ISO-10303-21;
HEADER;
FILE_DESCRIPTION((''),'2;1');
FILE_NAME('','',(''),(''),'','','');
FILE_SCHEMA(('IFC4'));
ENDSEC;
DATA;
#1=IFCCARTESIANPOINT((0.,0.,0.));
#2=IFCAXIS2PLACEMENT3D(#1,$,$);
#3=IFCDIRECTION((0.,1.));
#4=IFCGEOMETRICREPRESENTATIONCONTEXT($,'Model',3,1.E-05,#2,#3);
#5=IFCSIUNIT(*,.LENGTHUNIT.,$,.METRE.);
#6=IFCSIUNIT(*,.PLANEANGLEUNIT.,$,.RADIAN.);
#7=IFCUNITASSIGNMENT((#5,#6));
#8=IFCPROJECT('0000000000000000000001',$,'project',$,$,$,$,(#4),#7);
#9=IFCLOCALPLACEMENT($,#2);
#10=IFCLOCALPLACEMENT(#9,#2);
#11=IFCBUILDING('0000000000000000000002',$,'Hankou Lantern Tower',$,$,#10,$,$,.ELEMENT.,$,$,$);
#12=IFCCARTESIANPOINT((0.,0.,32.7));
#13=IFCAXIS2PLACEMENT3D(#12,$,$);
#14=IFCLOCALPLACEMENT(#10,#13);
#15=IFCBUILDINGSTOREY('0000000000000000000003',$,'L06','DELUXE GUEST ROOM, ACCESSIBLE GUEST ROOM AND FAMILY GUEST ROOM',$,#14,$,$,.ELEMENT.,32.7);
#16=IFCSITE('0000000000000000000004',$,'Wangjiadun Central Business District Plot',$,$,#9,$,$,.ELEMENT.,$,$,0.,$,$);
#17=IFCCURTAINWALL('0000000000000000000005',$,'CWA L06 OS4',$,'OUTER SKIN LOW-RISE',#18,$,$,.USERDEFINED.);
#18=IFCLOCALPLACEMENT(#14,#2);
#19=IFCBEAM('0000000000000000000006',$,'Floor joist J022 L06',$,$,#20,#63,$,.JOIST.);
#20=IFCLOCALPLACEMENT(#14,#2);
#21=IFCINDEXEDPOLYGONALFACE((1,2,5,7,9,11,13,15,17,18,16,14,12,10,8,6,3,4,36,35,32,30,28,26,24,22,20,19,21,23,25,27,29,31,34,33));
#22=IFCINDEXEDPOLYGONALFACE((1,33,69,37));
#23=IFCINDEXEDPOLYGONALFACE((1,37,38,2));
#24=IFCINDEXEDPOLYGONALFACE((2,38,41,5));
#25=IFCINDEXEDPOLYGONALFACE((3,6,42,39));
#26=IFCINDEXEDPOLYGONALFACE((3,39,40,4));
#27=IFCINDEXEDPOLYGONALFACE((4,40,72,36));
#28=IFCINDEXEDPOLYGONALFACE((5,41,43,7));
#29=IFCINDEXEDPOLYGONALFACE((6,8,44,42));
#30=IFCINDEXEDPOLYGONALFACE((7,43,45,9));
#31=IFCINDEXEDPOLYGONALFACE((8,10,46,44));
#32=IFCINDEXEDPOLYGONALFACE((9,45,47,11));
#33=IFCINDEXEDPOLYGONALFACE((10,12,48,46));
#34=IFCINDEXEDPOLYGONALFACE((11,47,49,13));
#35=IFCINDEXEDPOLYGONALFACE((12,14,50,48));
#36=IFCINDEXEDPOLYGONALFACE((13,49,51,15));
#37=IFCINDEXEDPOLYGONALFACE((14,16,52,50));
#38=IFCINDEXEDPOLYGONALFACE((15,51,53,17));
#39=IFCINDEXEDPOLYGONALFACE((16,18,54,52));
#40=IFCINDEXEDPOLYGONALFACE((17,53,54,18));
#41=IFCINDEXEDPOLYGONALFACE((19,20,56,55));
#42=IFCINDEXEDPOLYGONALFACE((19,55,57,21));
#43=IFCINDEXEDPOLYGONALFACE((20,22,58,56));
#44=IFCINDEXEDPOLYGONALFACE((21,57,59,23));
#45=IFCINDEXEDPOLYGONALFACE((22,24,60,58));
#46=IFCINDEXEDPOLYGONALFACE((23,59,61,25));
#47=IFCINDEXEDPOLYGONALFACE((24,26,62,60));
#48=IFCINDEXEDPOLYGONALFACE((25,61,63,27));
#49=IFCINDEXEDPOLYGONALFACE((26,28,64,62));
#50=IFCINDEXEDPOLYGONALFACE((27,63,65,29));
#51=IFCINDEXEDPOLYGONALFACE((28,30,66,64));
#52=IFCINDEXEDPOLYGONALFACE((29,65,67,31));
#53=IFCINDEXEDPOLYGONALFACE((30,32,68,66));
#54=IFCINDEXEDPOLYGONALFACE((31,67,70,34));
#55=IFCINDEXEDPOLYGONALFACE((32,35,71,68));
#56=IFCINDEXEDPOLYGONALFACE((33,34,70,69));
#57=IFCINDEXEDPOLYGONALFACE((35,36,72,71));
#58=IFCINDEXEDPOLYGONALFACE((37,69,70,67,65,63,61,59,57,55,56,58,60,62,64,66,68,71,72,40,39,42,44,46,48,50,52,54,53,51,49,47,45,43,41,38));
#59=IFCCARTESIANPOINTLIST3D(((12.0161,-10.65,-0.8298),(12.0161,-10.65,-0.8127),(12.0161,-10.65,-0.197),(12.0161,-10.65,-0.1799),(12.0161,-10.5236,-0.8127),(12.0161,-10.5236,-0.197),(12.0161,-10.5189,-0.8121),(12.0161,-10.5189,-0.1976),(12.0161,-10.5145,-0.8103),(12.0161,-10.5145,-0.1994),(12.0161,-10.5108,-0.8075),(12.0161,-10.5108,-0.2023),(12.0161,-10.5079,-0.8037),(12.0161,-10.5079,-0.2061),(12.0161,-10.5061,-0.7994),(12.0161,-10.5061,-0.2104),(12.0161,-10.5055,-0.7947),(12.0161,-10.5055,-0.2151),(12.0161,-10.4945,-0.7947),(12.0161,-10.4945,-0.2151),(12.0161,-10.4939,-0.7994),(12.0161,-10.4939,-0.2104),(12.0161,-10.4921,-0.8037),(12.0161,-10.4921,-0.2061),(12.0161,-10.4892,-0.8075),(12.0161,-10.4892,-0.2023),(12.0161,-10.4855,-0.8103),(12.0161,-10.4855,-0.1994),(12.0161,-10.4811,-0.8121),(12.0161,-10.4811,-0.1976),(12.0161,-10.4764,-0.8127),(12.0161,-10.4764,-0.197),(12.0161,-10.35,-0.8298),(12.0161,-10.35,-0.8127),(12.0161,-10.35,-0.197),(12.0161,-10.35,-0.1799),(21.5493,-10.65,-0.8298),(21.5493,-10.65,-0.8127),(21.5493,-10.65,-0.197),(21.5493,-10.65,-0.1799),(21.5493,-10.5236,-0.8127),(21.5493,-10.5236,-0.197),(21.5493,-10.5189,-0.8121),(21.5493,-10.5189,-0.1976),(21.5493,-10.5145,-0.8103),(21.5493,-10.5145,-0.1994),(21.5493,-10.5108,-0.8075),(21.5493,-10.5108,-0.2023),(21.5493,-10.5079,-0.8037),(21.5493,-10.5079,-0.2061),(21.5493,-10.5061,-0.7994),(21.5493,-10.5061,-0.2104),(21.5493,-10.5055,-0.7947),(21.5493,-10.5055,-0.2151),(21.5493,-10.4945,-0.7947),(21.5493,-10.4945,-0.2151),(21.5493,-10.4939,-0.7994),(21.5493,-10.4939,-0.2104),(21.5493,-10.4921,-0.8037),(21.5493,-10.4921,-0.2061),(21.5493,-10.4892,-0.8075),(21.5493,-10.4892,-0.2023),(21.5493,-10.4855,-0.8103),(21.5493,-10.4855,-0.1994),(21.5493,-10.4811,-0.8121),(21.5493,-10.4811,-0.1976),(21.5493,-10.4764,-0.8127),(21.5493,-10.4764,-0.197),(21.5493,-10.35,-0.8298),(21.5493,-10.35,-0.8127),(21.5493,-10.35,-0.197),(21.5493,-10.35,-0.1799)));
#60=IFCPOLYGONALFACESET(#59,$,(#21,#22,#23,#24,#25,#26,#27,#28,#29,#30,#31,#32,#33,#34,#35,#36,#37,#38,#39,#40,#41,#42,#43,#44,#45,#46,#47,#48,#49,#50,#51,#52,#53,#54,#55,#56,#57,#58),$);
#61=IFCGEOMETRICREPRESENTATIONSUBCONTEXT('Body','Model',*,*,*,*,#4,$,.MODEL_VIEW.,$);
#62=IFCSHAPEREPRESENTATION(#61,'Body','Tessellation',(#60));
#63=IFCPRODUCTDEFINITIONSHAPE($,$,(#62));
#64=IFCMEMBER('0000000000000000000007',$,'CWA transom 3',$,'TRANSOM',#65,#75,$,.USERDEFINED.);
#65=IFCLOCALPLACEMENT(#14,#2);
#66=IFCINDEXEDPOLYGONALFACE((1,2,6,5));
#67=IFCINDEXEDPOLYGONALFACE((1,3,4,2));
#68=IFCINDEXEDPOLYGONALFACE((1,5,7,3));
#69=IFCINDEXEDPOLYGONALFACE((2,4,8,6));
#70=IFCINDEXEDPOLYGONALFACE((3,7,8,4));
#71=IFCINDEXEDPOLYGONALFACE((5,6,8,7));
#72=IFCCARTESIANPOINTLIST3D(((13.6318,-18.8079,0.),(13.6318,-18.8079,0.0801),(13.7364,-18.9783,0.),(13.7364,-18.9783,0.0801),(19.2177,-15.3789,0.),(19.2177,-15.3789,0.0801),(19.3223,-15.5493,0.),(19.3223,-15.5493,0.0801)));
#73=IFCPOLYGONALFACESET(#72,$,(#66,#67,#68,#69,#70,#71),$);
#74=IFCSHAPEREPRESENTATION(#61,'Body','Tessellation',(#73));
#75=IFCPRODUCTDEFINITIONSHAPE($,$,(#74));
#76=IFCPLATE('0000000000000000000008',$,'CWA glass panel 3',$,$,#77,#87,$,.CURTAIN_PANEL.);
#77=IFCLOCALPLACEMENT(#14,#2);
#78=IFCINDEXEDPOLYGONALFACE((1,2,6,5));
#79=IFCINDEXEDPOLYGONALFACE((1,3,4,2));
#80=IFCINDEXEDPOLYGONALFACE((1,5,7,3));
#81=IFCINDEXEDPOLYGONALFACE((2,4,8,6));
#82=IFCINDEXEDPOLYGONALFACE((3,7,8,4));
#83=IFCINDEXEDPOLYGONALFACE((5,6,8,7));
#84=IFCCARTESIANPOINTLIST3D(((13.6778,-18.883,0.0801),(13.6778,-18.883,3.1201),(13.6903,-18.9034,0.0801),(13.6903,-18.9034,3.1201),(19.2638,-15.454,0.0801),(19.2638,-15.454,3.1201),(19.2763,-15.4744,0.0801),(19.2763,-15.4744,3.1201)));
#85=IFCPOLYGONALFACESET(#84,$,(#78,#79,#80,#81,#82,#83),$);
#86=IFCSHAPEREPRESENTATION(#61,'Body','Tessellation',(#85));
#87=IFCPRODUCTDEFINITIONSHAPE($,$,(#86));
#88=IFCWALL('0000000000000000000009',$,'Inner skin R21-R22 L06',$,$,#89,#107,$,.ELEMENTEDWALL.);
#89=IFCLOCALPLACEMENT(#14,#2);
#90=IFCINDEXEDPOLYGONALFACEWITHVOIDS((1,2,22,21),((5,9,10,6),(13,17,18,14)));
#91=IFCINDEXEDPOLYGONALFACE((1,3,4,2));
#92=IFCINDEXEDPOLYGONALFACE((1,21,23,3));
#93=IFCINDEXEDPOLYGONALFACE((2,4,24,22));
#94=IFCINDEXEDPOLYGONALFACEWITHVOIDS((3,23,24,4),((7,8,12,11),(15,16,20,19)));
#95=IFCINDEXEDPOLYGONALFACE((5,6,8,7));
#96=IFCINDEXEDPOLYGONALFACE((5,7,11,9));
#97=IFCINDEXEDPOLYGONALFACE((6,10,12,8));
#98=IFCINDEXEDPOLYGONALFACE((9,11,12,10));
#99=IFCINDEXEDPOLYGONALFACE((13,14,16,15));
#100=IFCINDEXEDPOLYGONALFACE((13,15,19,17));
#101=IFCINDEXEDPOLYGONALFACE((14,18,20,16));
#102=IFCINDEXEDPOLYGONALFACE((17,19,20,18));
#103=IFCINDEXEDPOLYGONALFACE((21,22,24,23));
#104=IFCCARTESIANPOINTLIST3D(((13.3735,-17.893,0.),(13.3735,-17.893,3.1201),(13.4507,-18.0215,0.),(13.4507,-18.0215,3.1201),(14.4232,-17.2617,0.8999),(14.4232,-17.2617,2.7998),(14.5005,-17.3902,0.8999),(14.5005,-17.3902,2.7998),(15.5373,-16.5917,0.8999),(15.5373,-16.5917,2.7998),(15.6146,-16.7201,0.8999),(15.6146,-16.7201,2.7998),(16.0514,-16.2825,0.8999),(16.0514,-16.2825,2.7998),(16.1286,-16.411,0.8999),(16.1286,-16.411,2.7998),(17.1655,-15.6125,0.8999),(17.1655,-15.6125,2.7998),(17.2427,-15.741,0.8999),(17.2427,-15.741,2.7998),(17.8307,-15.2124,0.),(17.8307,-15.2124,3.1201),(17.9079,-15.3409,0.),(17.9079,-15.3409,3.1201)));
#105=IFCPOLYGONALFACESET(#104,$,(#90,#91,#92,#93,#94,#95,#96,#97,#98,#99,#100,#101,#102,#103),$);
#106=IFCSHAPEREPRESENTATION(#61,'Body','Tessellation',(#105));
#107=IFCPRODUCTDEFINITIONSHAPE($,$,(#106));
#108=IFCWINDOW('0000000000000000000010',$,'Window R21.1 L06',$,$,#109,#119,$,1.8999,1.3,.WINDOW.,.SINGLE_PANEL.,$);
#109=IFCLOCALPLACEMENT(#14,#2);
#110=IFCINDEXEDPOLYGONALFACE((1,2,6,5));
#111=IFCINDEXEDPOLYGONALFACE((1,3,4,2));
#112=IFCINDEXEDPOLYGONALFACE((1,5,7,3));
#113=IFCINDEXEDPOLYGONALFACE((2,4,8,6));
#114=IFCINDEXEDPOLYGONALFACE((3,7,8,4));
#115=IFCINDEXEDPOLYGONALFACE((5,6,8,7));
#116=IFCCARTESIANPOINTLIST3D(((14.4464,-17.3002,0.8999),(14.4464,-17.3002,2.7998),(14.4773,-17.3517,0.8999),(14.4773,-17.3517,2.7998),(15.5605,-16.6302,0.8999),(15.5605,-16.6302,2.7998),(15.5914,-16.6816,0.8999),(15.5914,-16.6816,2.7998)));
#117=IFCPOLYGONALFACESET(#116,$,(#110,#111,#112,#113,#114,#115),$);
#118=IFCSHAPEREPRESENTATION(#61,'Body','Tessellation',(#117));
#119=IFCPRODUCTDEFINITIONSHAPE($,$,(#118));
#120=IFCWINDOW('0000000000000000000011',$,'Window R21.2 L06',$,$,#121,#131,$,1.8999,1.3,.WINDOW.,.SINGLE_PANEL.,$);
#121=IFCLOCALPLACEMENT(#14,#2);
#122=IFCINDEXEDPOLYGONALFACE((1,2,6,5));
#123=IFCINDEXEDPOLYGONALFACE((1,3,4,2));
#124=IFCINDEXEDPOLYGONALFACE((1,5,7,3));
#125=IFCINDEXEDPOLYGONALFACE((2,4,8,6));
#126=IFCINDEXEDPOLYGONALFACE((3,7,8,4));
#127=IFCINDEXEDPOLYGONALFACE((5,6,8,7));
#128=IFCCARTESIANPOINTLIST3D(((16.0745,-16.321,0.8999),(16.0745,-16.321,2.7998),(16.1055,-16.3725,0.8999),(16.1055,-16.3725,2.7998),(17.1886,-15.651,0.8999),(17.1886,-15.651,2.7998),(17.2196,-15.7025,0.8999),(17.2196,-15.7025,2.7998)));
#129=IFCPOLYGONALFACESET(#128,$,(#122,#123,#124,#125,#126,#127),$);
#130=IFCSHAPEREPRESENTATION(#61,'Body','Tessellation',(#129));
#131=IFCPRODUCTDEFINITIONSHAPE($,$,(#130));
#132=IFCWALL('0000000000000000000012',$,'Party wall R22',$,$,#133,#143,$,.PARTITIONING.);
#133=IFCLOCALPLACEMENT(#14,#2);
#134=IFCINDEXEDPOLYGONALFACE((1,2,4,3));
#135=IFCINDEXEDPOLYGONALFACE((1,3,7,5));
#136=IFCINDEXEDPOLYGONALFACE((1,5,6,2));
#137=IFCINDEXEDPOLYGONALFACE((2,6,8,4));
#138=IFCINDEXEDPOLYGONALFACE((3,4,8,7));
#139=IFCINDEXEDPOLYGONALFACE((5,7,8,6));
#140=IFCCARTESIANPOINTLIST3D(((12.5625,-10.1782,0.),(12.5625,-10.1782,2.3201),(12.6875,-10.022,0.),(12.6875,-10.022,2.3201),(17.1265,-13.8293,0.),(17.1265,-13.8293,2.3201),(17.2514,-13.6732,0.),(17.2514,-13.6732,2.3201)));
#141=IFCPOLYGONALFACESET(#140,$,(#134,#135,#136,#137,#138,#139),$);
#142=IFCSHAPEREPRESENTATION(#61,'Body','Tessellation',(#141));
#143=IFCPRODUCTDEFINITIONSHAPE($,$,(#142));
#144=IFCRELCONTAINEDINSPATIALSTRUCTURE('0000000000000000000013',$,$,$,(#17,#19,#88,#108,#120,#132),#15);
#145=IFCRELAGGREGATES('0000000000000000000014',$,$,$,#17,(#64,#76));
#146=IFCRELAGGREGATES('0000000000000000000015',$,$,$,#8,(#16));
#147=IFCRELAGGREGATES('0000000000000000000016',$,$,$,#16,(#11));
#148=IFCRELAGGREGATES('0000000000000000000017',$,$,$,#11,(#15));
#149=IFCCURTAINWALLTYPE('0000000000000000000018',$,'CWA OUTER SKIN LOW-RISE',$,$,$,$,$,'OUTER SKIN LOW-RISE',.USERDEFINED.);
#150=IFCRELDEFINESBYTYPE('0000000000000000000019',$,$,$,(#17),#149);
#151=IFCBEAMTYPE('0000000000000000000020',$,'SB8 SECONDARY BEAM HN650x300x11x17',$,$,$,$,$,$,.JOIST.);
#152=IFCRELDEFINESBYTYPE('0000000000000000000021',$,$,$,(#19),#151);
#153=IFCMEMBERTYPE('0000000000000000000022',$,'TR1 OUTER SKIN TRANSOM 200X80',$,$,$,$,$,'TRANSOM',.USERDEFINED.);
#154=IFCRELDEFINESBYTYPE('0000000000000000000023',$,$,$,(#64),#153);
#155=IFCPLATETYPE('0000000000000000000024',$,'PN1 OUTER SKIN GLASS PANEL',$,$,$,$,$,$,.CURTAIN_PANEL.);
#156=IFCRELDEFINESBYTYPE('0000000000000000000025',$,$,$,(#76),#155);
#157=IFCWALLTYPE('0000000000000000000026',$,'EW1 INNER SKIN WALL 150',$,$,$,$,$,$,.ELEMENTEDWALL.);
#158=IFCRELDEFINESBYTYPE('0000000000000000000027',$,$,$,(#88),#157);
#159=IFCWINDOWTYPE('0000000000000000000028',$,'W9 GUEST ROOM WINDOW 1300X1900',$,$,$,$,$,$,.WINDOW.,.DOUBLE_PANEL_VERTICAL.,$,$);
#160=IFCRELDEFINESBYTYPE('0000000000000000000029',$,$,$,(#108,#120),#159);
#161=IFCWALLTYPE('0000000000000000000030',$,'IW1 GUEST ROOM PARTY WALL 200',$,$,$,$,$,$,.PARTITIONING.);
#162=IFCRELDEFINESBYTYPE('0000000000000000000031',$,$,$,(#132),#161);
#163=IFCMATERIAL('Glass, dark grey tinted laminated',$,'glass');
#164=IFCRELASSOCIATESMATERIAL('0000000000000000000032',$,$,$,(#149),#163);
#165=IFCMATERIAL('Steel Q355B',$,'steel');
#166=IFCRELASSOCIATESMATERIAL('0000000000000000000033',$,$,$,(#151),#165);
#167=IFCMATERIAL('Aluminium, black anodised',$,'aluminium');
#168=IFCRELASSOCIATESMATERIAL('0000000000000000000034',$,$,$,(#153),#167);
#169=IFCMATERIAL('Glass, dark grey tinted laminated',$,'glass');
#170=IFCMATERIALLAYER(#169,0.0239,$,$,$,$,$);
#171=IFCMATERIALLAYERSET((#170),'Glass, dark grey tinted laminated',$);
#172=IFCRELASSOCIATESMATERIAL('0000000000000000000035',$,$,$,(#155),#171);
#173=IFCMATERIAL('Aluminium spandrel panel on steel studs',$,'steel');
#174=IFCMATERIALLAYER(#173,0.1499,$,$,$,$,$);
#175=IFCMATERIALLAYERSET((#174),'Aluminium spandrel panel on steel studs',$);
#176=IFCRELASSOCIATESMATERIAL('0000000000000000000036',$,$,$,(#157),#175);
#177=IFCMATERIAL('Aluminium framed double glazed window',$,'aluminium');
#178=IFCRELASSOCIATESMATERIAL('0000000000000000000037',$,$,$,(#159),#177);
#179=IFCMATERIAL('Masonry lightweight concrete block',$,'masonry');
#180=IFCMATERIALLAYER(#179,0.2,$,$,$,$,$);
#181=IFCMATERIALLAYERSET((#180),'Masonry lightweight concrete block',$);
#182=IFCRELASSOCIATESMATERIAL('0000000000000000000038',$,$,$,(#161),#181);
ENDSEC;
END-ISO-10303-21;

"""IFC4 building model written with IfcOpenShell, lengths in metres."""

from ifc_helpers import new_model, si_unit, direction, frame, frame_2d, origin, origin_2d, place, context, subcontext, project, spatial, rectangle, i_section, extrude, material, layer, layer_set, material_profile, profile_set, type_object, element, fill, aggregate, save


model = new_model("IFC4")

# Units and contexts
model_context = context("Model", 3, precision=1e-05, world=origin(), true_north=direction((0.0, 1.0)))
body_context = subcontext(model_context, "Body", "Model", "MODEL_VIEW")
ifc_project = project(units=[si_unit("LENGTHUNIT", "METRE"), si_unit("PLANEANGLEUNIT", "RADIAN")], contexts=[model_context])

# Site, building, storey
site_placement = place(None, origin())
site = spatial("IfcSite", under=ifc_project, at=site_placement, Name="Wangjiadun Central Business District Plot", CompositionType="ELEMENT", RefElevation=0.0)
building_placement = place(site_placement, origin())
building = spatial("IfcBuilding", under=site, at=building_placement, Name="Hankou Lantern Tower", CompositionType="ELEMENT")
storey_placement = place(building_placement, frame((0.0, 0.0, 32.7)))
storey = spatial("IfcBuildingStorey", under=building, at=storey_placement, Name="L06", Description="DELUXE GUEST ROOM, ACCESSIBLE GUEST ROOM AND FAMILY GUEST ROOM", CompositionType="ELEMENT", Elevation=32.7)

# Curtain wall
ifc_material_1 = material(Name="Glass, dark grey tinted laminated", Category="glass")
curtain_wall_type = type_object("IfcCurtainWallType", Name="CWA OUTER SKIN LOW-RISE", ElementType="OUTER SKIN LOW-RISE", PredefinedType="USERDEFINED", material=ifc_material_1)
curtain_wall_placement = place(storey_placement, origin())
curtain_wall = element("IfcCurtainWall", 1, at=curtain_wall_placement, inside=storey, type_object=curtain_wall_type, Name="CWA L06 OS4", ObjectType="OUTER SKIN LOW-RISE", PredefinedType="USERDEFINED")

# Beam
ifc_material_2 = material(Name="Steel Q355B", Category="steel")
ifc_material_profile_1 = material_profile(ifc_material_2, i_section(OverallWidth=0.3, OverallDepth=0.6499, WebThickness=0.011, FlangeThickness=0.0171, FilletRadius=0.0181, at=origin_2d()), Name="HN650x300x11x17")
ifc_profile_set_1 = profile_set([ifc_material_profile_1], Name="Steel Q355B")
beam_type_1 = type_object("IfcBeamType", Name="SB8 SECONDARY BEAM HN650x300x11x17", PredefinedType="JOIST", material=ifc_profile_set_1)
beam_1_placement = place(storey_placement, frame((12.0161, -10.5, -0.5049), z_axis=(1.0, 0.0, 0.0), x_axis=(0.0, 1.0, 0.0)))
element("IfcBeam", 2, at=beam_1_placement, inside=storey, type_object=beam_type_1, Name="Floor joist J022 L06", PredefinedType="JOIST", context=body_context, shape_type="SweptSolid", body=[
    extrude(i_section(OverallWidth=0.3, OverallDepth=0.6499, WebThickness=0.011, FlangeThickness=0.0171, FilletRadius=0.0181, at=origin_2d()), origin(), (0.0, 0.0, 1.0), 9.5332),
])

# Member
ifc_material_3 = material(Name="Aluminium, black anodised", Category="aluminium")
ifc_material_profile_2 = material_profile(ifc_material_3, rectangle(XDim=0.2, YDim=0.0801, at=origin_2d()), Name="TR1 200X80")
ifc_profile_set_2 = profile_set([ifc_material_profile_2], Name="Aluminium, black anodised")
member_type_1 = type_object("IfcMemberType", Name="TR1 OUTER SKIN TRANSOM 200X80", ElementType="TRANSOM", PredefinedType="USERDEFINED", material=ifc_profile_set_2)
member_1_placement = place(storey_placement, frame((13.6841, -18.8931, 0.04), z_axis=(0.85224, 0.523152, 0.0), x_axis=(-0.523152, 0.85224, 0.0)))
member_1 = element("IfcMember", 3, at=member_1_placement, type_object=member_type_1, Name="CWA transom 3", ObjectType="TRANSOM", PredefinedType="USERDEFINED", context=body_context, shape_type="SweptSolid", body=[
    extrude(rectangle(XDim=0.2, YDim=0.0801, at=origin_2d()), origin(), (0.0, 0.0, 1.0), 6.5544),
])

# Plate
ifc_material_4 = material(Name="Glass, dark grey tinted laminated", Category="glass")
ifc_layer_1 = layer(ifc_material_4, 0.0239)
ifc_layer_set_1 = layer_set([ifc_layer_1], Name="Glass, dark grey tinted laminated")
plate_type = type_object("IfcPlateType", Name="PN1 OUTER SKIN GLASS PANEL", PredefinedType="CURTAIN_PANEL", material=ifc_layer_set_1)
plate_placement = place(storey_placement, frame((16.4771, -17.1787, 0.0801), z_axis=(0.0, 0.0, 1.0), x_axis=(0.852237, 0.523156, 0.0)))
plate = element("IfcPlate", 4, at=plate_placement, type_object=plate_type, Name="CWA glass panel 3", PredefinedType="CURTAIN_PANEL", context=body_context, shape_type="SweptSolid", body=[
    extrude(rectangle(XDim=6.5544, YDim=0.0239, at=origin_2d()), origin(), (0.0, 0.0, 1.0), 3.04),
])
aggregate(curtain_wall, [member_1, plate])

# Wall, openings, windows
ifc_material_5 = material(Name="Aluminium spandrel panel on steel studs", Category="steel")
ifc_layer_2 = layer(ifc_material_5, 0.1499)
ifc_layer_set_2 = layer_set([ifc_layer_2], Name="Aluminium spandrel panel on steel studs")
wall_type_1 = type_object("IfcWallType", Name="EW1 INNER SKIN WALL 150", PredefinedType="ELEMENTEDWALL", material=ifc_layer_set_2)
wall_1_placement = place(storey_placement, frame((13.4121, -17.9573, 0.0), z_axis=(0.0, 0.0, 1.0), x_axis=(0.856958, 0.515386, 0.0)))
wall_1 = element("IfcWall", 5, at=wall_1_placement, inside=storey, type_object=wall_type_1, Name="Inner skin R21-R22 L06", PredefinedType="ELEMENTEDWALL", context=body_context, shape_type="SweptSolid", body=[
    extrude(rectangle(XDim=5.2012, YDim=0.1499, at=frame_2d((2.6006, 0.0))), origin(), (0.0, 0.0, 1.0), 3.1201),
])
opening_1_placement = place(wall_1_placement, frame((1.2251, 0.0, 0.8999)))
opening_1 = element("IfcOpeningElement", 6, at=opening_1_placement, cuts=wall_1, PredefinedType="OPENING", context=body_context, shape_type="SweptSolid", body=[
    extrude(rectangle(XDim=1.3, YDim=1.8999, at=frame_2d((0.6499, 0.95))), frame((0.0, 0.085, 0.0), z_axis=(0.0, -1.0, 0.0), x_axis=(1.0, 0.0, 0.0)), (0.0, 0.0, 1.0), 0.1699),
])
opening_2_placement = place(wall_1_placement, frame((3.125, 0.0, 0.8999)))
opening_2 = element("IfcOpeningElement", 7, at=opening_2_placement, cuts=wall_1, PredefinedType="OPENING", context=body_context, shape_type="SweptSolid", body=[
    extrude(rectangle(XDim=1.3, YDim=1.8999, at=frame_2d((0.6499, 0.95))), frame((0.0, 0.085, 0.0), z_axis=(0.0, -1.0, 0.0), x_axis=(1.0, 0.0, 0.0)), (0.0, 0.0, 1.0), 0.1699),
])
ifc_material_6 = material(Name="Aluminium framed double glazed window", Category="aluminium")
window_type = type_object("IfcWindowType", Name="W9 GUEST ROOM WINDOW 1300X1900", PartitioningType="DOUBLE_PANEL_VERTICAL", PredefinedType="WINDOW", material=ifc_material_6)
window_1_placement = place(opening_1_placement, origin())
window_1 = element("IfcWindow", 8, at=window_1_placement, inside=storey, type_object=window_type, Name="Window R21.1 L06", OverallHeight=1.8999, OverallWidth=1.3, PartitioningType="SINGLE_PANEL", PredefinedType="WINDOW", context=body_context, shape_type="SweptSolid", body=[
    extrude(rectangle(XDim=1.3, YDim=1.8999, at=frame_2d((0.6499, 0.95))), frame((0.0, 0.03, 0.0), z_axis=(0.0, -1.0, 0.0), x_axis=(1.0, 0.0, 0.0)), (0.0, 0.0, 1.0), 0.0601),
])
fill(opening_1, window_1)
window_2_placement = place(opening_2_placement, origin())
window_2 = element("IfcWindow", 9, at=window_2_placement, inside=storey, type_object=window_type, Name="Window R21.2 L06", OverallHeight=1.8999, OverallWidth=1.3, PartitioningType="SINGLE_PANEL", PredefinedType="WINDOW", context=body_context, shape_type="SweptSolid", body=[
    extrude(rectangle(XDim=1.3, YDim=1.8999, at=frame_2d((0.6499, 0.95))), frame((0.0, 0.03, 0.0), z_axis=(0.0, -1.0, 0.0), x_axis=(1.0, 0.0, 0.0)), (0.0, 0.0, 1.0), 0.0601),
])
fill(opening_2, window_2)

# Wall
ifc_material_7 = material(Name="Masonry lightweight concrete block", Category="masonry")
ifc_layer_3 = layer(ifc_material_7, 0.2)
ifc_layer_set_3 = layer_set([ifc_layer_3], Name="Masonry lightweight concrete block")
wall_type_2 = type_object("IfcWallType", Name="IW1 GUEST ROOM PARTY WALL 200", PredefinedType="PARTITIONING", material=ifc_layer_set_3)
wall_2_placement = place(storey_placement, frame((12.625, -10.1001, 0.0), z_axis=(0.0, 0.0, 1.0), x_axis=(0.780873, -0.62469, 0.0)))
element("IfcWall", 10, at=wall_2_placement, inside=storey, type_object=wall_type_2, Name="Party wall R22", PredefinedType="PARTITIONING", context=body_context, shape_type="SweptSolid", body=[
    extrude(rectangle(XDim=5.8447, YDim=0.2, at=frame_2d((2.9224, 0.0))), origin(), (0.0, 0.0, 1.0), 2.3201),
])

save(model, "model.ifc")
